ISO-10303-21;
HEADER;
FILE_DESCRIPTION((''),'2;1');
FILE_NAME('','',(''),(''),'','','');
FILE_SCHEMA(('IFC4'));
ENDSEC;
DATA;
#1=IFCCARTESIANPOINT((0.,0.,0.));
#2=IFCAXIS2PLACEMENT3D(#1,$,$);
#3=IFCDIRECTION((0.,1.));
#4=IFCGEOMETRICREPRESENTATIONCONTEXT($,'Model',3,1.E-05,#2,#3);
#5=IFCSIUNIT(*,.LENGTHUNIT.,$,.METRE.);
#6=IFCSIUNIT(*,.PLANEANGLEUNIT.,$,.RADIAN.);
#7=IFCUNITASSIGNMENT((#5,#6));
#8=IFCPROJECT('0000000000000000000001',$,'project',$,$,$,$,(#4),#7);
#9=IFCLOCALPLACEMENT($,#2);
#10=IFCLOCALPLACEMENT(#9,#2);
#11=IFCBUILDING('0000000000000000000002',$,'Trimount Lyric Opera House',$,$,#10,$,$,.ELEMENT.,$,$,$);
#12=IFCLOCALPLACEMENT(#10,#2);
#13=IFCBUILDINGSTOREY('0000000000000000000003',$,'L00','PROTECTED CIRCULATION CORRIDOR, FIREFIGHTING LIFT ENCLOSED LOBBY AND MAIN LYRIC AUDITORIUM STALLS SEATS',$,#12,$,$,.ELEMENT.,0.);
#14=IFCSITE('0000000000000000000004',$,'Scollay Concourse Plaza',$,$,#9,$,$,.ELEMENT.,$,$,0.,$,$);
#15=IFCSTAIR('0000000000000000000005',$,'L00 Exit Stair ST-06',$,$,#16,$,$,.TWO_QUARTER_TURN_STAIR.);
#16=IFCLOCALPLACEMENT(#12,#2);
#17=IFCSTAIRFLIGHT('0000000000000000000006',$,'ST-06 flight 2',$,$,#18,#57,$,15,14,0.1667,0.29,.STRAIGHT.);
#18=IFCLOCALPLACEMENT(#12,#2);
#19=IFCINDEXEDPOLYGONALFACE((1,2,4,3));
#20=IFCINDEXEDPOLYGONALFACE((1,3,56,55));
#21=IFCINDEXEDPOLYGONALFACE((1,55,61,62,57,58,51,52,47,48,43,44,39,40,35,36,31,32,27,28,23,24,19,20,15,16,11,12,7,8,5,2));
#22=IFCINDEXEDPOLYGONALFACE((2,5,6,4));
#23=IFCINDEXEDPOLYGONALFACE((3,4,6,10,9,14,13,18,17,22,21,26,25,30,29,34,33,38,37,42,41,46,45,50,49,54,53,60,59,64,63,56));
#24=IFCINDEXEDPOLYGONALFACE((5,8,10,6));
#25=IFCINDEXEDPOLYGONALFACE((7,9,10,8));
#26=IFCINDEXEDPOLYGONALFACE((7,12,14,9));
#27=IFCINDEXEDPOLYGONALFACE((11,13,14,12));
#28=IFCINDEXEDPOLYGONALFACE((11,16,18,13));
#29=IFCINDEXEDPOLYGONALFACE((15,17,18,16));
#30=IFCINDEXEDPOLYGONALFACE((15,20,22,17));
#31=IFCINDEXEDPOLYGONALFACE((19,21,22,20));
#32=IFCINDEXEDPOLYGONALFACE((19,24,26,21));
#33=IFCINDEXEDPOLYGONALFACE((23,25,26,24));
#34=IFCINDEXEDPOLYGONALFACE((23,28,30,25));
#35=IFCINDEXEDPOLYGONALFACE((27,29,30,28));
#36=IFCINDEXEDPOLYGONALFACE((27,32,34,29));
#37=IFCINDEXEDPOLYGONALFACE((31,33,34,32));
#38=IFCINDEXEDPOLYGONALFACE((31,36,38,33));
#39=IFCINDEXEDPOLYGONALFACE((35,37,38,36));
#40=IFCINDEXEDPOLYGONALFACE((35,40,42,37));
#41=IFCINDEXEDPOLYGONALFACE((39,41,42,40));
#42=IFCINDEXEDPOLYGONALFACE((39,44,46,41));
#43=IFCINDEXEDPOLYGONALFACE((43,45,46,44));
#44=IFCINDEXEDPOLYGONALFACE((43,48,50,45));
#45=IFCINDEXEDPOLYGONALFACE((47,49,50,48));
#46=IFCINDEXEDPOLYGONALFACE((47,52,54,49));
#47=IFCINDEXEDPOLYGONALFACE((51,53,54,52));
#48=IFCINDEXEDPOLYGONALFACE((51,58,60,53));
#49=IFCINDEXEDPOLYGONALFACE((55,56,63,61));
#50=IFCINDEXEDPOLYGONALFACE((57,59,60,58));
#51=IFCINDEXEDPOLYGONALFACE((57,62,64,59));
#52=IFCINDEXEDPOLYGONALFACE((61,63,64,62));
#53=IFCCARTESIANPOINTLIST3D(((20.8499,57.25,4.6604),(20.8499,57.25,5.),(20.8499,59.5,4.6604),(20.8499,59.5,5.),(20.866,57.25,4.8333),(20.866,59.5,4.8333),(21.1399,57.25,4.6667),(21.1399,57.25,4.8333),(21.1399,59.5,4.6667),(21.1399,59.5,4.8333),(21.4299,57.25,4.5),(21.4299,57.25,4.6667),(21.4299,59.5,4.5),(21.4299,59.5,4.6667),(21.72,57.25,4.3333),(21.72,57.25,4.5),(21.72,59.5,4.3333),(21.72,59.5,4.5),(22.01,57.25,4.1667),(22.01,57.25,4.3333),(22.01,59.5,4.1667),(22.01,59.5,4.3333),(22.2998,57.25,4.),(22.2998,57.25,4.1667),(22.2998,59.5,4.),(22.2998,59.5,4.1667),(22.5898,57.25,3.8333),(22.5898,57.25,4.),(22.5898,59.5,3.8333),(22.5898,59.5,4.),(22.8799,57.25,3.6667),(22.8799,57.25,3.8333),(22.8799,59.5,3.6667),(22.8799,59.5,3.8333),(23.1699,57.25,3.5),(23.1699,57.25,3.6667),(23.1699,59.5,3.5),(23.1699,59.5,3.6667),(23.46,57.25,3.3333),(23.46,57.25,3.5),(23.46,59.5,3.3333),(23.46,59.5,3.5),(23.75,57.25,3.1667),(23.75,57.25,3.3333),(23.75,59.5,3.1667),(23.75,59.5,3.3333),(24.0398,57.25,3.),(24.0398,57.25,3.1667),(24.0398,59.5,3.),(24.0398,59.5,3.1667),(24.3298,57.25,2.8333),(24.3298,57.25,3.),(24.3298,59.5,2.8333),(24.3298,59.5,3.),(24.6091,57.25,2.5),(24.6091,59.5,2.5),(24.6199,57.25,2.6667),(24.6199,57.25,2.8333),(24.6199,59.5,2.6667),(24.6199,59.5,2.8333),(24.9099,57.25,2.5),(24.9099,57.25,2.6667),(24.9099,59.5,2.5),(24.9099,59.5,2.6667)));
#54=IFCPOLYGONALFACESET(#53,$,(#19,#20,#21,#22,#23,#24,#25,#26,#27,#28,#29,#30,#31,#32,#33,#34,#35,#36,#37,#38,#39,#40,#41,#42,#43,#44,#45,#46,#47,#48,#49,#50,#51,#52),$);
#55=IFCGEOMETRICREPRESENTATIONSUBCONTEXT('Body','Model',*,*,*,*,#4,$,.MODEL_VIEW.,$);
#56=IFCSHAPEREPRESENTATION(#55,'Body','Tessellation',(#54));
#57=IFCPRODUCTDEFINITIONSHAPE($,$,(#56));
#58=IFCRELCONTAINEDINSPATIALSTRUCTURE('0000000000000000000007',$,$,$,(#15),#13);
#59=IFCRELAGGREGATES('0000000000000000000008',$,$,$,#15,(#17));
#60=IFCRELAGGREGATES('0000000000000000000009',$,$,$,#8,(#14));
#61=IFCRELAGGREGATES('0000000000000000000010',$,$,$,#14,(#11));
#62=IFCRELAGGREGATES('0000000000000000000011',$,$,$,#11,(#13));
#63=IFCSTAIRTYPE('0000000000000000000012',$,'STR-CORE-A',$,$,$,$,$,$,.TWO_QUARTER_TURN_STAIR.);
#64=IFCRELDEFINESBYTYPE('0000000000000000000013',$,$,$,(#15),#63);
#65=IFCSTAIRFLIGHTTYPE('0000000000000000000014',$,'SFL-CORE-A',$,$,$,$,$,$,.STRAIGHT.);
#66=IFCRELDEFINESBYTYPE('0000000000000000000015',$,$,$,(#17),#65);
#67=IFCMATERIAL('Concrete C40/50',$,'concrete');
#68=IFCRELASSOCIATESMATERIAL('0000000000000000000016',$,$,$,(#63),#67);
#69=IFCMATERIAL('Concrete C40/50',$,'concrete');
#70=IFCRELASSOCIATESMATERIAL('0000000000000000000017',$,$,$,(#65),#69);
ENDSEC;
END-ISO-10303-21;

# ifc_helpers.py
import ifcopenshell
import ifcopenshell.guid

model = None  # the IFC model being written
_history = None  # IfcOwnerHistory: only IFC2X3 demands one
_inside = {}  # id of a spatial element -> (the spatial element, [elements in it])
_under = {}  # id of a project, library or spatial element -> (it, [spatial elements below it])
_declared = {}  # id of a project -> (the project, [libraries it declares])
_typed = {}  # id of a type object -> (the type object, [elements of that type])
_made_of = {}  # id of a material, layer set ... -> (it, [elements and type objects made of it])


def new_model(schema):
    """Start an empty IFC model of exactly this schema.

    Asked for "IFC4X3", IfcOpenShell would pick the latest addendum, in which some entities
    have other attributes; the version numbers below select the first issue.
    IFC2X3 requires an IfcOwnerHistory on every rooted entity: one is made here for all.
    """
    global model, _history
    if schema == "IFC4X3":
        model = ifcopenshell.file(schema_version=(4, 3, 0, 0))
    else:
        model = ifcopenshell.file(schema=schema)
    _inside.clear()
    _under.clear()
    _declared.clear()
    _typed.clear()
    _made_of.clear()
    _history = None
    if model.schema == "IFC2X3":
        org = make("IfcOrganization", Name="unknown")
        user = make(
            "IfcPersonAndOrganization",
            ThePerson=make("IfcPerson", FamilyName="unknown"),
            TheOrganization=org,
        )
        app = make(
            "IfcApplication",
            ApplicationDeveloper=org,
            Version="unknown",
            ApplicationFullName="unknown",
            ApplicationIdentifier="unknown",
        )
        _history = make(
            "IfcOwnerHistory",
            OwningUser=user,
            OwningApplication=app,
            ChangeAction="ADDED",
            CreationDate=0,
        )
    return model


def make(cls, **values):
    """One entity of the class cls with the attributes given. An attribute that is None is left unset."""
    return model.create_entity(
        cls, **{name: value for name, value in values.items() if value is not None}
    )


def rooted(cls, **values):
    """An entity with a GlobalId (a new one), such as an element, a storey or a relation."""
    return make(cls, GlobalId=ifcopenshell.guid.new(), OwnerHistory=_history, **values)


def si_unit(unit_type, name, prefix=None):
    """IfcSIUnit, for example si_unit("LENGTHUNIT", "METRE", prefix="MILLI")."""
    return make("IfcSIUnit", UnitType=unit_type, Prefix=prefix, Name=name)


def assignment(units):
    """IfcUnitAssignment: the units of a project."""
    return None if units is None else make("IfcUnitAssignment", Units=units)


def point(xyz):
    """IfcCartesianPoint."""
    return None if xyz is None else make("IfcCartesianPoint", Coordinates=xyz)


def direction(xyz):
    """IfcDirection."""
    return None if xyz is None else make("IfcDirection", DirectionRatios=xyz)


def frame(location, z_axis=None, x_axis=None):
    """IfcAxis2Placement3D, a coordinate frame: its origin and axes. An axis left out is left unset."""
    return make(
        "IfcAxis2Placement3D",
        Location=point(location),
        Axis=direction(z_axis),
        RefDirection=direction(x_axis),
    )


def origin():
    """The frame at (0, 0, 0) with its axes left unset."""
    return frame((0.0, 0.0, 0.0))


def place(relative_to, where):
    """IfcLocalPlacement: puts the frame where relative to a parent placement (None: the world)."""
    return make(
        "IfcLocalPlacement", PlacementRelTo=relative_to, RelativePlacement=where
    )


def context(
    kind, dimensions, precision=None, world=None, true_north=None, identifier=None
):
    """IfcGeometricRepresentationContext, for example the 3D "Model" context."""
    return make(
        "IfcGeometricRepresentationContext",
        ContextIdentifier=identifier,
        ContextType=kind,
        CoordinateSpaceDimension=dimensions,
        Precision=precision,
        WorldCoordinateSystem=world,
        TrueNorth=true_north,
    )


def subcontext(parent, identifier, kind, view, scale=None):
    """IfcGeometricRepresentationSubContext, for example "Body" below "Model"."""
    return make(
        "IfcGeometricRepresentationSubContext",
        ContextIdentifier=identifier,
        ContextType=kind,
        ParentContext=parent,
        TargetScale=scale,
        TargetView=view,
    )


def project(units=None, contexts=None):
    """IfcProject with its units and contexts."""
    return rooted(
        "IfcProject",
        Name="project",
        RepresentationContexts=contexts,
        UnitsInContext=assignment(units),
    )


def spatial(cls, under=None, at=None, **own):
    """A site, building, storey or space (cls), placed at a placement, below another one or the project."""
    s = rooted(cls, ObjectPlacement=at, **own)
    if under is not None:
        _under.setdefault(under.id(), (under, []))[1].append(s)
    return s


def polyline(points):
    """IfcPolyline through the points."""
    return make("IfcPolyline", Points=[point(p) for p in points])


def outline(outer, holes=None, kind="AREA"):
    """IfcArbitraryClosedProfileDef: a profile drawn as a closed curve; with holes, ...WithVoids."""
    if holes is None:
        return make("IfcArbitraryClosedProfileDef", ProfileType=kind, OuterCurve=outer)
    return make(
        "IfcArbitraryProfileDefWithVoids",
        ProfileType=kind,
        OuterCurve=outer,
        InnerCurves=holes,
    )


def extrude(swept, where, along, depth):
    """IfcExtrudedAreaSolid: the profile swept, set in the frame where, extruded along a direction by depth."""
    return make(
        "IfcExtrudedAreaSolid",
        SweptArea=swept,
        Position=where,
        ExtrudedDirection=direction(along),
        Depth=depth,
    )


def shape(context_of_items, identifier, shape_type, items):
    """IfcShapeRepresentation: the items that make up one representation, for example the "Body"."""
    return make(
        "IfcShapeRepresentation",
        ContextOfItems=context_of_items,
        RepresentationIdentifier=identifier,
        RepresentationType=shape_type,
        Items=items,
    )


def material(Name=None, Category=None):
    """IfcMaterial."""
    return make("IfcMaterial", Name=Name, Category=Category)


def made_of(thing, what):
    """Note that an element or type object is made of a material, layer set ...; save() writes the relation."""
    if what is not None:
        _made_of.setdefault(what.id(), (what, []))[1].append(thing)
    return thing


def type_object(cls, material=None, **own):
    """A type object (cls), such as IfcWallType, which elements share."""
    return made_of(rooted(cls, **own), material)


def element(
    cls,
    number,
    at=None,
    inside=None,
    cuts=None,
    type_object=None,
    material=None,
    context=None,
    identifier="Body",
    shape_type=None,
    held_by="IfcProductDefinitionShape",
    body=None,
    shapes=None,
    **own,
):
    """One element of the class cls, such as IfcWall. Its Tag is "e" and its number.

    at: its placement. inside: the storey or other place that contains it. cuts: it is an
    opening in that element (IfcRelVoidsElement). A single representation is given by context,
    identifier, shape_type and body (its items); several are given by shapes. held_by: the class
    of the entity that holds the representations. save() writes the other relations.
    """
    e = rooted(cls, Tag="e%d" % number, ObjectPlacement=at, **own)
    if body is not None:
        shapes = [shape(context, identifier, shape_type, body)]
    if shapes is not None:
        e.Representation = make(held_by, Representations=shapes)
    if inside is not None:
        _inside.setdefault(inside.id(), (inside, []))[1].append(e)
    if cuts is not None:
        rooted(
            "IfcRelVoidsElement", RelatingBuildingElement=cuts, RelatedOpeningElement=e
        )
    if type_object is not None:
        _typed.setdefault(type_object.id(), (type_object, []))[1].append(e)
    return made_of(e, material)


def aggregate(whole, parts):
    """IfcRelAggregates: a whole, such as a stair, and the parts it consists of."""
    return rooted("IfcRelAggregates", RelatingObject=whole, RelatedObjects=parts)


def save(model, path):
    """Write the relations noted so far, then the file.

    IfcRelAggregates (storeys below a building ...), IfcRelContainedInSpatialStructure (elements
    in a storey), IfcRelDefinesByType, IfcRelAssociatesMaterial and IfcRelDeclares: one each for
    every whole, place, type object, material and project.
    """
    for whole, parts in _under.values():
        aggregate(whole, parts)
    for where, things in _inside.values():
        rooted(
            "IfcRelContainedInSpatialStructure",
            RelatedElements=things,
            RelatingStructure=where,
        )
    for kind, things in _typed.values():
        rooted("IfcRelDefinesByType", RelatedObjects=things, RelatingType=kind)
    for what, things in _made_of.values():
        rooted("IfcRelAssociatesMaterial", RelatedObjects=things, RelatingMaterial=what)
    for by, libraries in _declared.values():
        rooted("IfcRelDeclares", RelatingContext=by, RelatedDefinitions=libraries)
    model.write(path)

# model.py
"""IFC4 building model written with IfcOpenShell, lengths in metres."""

from ifc_helpers import new_model, si_unit, direction, frame, origin, place, context, subcontext, project, spatial, polyline, outline, extrude, material, type_object, element, aggregate, save


model = new_model("IFC4")

# Units and contexts
model_context = context("Model", 3, precision=1e-05, world=origin(), true_north=direction((0.0, 1.0)))
body_context = subcontext(model_context, "Body", "Model", "MODEL_VIEW")
ifc_project = project(units=[si_unit("LENGTHUNIT", "METRE"), si_unit("PLANEANGLEUNIT", "RADIAN")], contexts=[model_context])

# Site, building, storey
site_placement = place(None, origin())
site = spatial("IfcSite", under=ifc_project, at=site_placement, Name="Scollay Concourse Plaza", CompositionType="ELEMENT", RefElevation=0.0)
building_placement = place(site_placement, origin())
building = spatial("IfcBuilding", under=site, at=building_placement, Name="Trimount Lyric Opera House", CompositionType="ELEMENT")
storey_placement = place(building_placement, origin())
storey = spatial("IfcBuildingStorey", under=building, at=storey_placement, Name="L00", Description="PROTECTED CIRCULATION CORRIDOR, FIREFIGHTING LIFT ENCLOSED LOBBY AND MAIN LYRIC AUDITORIUM STALLS SEATS", CompositionType="ELEMENT", Elevation=0.0)

# Stair, stair flight
ifc_material_1 = material(Name="Concrete C40/50", Category="concrete")
stair_type = type_object("IfcStairType", Name="STR-CORE-A", PredefinedType="TWO_QUARTER_TURN_STAIR", material=ifc_material_1)
stair_placement = place(storey_placement, origin())
stair = element("IfcStair", 1, at=stair_placement, inside=storey, type_object=stair_type, Name="L00 Exit Stair ST-06", PredefinedType="TWO_QUARTER_TURN_STAIR")
ifc_material_2 = material(Name="Concrete C40/50", Category="concrete")
stair_flight_type = type_object("IfcStairFlightType", Name="SFL-CORE-A", PredefinedType="STRAIGHT", material=ifc_material_2)
stair_flight_1_placement = place(storey_placement, frame((24.9099, 58.375, 2.5), z_axis=(0.0, 0.0, 1.0), x_axis=(-1.0, 0.0, 0.0)))
stair_flight_1 = element("IfcStairFlight", 2, at=stair_flight_1_placement, type_object=stair_flight_type, Name="ST-06 flight 2", NumberOfRisers=15, NumberOfTreads=14, PredefinedType="STRAIGHT", RiserHeight=0.1667, TreadLength=0.29, context=body_context, shape_type="SweptSolid", body=[
    extrude(outline(polyline([(0.0, 0.0), (0.0, 0.1667), (0.29, 0.1667), (0.29, 0.3333), (0.5801, 0.3333), (0.5801, 0.5), (0.8701, 0.5), (0.8701, 0.6667), (1.1599, 0.6667), (1.1599, 0.8333), (1.45, 0.8333), (1.45, 1.0), (1.74, 1.0), (1.74, 1.1667), (2.03, 1.1667), (2.03, 1.3333), (2.3201, 1.3333), (2.3201, 1.5), (2.6101, 1.5), (2.6101, 1.6667), (2.8999, 1.6667), (2.8999, 1.8333), (3.1899, 1.8333), (3.1899, 2.0), (3.48, 2.0), (3.48, 2.1667), (3.77, 2.1667), (3.77, 2.3333), (4.0439, 2.3333), (4.0601, 2.5), (4.0601, 2.1604), (0.3008, 0.0), (0.0, 0.0)])), frame((0.0, 1.125, 0.0), z_axis=(0.0, -1.0, 0.0), x_axis=(1.0, 0.0, 0.0)), (0.0, 0.0, 1.0), 2.25),
])
aggregate(stair, [stair_flight_1])

save(model, "model.ifc")
